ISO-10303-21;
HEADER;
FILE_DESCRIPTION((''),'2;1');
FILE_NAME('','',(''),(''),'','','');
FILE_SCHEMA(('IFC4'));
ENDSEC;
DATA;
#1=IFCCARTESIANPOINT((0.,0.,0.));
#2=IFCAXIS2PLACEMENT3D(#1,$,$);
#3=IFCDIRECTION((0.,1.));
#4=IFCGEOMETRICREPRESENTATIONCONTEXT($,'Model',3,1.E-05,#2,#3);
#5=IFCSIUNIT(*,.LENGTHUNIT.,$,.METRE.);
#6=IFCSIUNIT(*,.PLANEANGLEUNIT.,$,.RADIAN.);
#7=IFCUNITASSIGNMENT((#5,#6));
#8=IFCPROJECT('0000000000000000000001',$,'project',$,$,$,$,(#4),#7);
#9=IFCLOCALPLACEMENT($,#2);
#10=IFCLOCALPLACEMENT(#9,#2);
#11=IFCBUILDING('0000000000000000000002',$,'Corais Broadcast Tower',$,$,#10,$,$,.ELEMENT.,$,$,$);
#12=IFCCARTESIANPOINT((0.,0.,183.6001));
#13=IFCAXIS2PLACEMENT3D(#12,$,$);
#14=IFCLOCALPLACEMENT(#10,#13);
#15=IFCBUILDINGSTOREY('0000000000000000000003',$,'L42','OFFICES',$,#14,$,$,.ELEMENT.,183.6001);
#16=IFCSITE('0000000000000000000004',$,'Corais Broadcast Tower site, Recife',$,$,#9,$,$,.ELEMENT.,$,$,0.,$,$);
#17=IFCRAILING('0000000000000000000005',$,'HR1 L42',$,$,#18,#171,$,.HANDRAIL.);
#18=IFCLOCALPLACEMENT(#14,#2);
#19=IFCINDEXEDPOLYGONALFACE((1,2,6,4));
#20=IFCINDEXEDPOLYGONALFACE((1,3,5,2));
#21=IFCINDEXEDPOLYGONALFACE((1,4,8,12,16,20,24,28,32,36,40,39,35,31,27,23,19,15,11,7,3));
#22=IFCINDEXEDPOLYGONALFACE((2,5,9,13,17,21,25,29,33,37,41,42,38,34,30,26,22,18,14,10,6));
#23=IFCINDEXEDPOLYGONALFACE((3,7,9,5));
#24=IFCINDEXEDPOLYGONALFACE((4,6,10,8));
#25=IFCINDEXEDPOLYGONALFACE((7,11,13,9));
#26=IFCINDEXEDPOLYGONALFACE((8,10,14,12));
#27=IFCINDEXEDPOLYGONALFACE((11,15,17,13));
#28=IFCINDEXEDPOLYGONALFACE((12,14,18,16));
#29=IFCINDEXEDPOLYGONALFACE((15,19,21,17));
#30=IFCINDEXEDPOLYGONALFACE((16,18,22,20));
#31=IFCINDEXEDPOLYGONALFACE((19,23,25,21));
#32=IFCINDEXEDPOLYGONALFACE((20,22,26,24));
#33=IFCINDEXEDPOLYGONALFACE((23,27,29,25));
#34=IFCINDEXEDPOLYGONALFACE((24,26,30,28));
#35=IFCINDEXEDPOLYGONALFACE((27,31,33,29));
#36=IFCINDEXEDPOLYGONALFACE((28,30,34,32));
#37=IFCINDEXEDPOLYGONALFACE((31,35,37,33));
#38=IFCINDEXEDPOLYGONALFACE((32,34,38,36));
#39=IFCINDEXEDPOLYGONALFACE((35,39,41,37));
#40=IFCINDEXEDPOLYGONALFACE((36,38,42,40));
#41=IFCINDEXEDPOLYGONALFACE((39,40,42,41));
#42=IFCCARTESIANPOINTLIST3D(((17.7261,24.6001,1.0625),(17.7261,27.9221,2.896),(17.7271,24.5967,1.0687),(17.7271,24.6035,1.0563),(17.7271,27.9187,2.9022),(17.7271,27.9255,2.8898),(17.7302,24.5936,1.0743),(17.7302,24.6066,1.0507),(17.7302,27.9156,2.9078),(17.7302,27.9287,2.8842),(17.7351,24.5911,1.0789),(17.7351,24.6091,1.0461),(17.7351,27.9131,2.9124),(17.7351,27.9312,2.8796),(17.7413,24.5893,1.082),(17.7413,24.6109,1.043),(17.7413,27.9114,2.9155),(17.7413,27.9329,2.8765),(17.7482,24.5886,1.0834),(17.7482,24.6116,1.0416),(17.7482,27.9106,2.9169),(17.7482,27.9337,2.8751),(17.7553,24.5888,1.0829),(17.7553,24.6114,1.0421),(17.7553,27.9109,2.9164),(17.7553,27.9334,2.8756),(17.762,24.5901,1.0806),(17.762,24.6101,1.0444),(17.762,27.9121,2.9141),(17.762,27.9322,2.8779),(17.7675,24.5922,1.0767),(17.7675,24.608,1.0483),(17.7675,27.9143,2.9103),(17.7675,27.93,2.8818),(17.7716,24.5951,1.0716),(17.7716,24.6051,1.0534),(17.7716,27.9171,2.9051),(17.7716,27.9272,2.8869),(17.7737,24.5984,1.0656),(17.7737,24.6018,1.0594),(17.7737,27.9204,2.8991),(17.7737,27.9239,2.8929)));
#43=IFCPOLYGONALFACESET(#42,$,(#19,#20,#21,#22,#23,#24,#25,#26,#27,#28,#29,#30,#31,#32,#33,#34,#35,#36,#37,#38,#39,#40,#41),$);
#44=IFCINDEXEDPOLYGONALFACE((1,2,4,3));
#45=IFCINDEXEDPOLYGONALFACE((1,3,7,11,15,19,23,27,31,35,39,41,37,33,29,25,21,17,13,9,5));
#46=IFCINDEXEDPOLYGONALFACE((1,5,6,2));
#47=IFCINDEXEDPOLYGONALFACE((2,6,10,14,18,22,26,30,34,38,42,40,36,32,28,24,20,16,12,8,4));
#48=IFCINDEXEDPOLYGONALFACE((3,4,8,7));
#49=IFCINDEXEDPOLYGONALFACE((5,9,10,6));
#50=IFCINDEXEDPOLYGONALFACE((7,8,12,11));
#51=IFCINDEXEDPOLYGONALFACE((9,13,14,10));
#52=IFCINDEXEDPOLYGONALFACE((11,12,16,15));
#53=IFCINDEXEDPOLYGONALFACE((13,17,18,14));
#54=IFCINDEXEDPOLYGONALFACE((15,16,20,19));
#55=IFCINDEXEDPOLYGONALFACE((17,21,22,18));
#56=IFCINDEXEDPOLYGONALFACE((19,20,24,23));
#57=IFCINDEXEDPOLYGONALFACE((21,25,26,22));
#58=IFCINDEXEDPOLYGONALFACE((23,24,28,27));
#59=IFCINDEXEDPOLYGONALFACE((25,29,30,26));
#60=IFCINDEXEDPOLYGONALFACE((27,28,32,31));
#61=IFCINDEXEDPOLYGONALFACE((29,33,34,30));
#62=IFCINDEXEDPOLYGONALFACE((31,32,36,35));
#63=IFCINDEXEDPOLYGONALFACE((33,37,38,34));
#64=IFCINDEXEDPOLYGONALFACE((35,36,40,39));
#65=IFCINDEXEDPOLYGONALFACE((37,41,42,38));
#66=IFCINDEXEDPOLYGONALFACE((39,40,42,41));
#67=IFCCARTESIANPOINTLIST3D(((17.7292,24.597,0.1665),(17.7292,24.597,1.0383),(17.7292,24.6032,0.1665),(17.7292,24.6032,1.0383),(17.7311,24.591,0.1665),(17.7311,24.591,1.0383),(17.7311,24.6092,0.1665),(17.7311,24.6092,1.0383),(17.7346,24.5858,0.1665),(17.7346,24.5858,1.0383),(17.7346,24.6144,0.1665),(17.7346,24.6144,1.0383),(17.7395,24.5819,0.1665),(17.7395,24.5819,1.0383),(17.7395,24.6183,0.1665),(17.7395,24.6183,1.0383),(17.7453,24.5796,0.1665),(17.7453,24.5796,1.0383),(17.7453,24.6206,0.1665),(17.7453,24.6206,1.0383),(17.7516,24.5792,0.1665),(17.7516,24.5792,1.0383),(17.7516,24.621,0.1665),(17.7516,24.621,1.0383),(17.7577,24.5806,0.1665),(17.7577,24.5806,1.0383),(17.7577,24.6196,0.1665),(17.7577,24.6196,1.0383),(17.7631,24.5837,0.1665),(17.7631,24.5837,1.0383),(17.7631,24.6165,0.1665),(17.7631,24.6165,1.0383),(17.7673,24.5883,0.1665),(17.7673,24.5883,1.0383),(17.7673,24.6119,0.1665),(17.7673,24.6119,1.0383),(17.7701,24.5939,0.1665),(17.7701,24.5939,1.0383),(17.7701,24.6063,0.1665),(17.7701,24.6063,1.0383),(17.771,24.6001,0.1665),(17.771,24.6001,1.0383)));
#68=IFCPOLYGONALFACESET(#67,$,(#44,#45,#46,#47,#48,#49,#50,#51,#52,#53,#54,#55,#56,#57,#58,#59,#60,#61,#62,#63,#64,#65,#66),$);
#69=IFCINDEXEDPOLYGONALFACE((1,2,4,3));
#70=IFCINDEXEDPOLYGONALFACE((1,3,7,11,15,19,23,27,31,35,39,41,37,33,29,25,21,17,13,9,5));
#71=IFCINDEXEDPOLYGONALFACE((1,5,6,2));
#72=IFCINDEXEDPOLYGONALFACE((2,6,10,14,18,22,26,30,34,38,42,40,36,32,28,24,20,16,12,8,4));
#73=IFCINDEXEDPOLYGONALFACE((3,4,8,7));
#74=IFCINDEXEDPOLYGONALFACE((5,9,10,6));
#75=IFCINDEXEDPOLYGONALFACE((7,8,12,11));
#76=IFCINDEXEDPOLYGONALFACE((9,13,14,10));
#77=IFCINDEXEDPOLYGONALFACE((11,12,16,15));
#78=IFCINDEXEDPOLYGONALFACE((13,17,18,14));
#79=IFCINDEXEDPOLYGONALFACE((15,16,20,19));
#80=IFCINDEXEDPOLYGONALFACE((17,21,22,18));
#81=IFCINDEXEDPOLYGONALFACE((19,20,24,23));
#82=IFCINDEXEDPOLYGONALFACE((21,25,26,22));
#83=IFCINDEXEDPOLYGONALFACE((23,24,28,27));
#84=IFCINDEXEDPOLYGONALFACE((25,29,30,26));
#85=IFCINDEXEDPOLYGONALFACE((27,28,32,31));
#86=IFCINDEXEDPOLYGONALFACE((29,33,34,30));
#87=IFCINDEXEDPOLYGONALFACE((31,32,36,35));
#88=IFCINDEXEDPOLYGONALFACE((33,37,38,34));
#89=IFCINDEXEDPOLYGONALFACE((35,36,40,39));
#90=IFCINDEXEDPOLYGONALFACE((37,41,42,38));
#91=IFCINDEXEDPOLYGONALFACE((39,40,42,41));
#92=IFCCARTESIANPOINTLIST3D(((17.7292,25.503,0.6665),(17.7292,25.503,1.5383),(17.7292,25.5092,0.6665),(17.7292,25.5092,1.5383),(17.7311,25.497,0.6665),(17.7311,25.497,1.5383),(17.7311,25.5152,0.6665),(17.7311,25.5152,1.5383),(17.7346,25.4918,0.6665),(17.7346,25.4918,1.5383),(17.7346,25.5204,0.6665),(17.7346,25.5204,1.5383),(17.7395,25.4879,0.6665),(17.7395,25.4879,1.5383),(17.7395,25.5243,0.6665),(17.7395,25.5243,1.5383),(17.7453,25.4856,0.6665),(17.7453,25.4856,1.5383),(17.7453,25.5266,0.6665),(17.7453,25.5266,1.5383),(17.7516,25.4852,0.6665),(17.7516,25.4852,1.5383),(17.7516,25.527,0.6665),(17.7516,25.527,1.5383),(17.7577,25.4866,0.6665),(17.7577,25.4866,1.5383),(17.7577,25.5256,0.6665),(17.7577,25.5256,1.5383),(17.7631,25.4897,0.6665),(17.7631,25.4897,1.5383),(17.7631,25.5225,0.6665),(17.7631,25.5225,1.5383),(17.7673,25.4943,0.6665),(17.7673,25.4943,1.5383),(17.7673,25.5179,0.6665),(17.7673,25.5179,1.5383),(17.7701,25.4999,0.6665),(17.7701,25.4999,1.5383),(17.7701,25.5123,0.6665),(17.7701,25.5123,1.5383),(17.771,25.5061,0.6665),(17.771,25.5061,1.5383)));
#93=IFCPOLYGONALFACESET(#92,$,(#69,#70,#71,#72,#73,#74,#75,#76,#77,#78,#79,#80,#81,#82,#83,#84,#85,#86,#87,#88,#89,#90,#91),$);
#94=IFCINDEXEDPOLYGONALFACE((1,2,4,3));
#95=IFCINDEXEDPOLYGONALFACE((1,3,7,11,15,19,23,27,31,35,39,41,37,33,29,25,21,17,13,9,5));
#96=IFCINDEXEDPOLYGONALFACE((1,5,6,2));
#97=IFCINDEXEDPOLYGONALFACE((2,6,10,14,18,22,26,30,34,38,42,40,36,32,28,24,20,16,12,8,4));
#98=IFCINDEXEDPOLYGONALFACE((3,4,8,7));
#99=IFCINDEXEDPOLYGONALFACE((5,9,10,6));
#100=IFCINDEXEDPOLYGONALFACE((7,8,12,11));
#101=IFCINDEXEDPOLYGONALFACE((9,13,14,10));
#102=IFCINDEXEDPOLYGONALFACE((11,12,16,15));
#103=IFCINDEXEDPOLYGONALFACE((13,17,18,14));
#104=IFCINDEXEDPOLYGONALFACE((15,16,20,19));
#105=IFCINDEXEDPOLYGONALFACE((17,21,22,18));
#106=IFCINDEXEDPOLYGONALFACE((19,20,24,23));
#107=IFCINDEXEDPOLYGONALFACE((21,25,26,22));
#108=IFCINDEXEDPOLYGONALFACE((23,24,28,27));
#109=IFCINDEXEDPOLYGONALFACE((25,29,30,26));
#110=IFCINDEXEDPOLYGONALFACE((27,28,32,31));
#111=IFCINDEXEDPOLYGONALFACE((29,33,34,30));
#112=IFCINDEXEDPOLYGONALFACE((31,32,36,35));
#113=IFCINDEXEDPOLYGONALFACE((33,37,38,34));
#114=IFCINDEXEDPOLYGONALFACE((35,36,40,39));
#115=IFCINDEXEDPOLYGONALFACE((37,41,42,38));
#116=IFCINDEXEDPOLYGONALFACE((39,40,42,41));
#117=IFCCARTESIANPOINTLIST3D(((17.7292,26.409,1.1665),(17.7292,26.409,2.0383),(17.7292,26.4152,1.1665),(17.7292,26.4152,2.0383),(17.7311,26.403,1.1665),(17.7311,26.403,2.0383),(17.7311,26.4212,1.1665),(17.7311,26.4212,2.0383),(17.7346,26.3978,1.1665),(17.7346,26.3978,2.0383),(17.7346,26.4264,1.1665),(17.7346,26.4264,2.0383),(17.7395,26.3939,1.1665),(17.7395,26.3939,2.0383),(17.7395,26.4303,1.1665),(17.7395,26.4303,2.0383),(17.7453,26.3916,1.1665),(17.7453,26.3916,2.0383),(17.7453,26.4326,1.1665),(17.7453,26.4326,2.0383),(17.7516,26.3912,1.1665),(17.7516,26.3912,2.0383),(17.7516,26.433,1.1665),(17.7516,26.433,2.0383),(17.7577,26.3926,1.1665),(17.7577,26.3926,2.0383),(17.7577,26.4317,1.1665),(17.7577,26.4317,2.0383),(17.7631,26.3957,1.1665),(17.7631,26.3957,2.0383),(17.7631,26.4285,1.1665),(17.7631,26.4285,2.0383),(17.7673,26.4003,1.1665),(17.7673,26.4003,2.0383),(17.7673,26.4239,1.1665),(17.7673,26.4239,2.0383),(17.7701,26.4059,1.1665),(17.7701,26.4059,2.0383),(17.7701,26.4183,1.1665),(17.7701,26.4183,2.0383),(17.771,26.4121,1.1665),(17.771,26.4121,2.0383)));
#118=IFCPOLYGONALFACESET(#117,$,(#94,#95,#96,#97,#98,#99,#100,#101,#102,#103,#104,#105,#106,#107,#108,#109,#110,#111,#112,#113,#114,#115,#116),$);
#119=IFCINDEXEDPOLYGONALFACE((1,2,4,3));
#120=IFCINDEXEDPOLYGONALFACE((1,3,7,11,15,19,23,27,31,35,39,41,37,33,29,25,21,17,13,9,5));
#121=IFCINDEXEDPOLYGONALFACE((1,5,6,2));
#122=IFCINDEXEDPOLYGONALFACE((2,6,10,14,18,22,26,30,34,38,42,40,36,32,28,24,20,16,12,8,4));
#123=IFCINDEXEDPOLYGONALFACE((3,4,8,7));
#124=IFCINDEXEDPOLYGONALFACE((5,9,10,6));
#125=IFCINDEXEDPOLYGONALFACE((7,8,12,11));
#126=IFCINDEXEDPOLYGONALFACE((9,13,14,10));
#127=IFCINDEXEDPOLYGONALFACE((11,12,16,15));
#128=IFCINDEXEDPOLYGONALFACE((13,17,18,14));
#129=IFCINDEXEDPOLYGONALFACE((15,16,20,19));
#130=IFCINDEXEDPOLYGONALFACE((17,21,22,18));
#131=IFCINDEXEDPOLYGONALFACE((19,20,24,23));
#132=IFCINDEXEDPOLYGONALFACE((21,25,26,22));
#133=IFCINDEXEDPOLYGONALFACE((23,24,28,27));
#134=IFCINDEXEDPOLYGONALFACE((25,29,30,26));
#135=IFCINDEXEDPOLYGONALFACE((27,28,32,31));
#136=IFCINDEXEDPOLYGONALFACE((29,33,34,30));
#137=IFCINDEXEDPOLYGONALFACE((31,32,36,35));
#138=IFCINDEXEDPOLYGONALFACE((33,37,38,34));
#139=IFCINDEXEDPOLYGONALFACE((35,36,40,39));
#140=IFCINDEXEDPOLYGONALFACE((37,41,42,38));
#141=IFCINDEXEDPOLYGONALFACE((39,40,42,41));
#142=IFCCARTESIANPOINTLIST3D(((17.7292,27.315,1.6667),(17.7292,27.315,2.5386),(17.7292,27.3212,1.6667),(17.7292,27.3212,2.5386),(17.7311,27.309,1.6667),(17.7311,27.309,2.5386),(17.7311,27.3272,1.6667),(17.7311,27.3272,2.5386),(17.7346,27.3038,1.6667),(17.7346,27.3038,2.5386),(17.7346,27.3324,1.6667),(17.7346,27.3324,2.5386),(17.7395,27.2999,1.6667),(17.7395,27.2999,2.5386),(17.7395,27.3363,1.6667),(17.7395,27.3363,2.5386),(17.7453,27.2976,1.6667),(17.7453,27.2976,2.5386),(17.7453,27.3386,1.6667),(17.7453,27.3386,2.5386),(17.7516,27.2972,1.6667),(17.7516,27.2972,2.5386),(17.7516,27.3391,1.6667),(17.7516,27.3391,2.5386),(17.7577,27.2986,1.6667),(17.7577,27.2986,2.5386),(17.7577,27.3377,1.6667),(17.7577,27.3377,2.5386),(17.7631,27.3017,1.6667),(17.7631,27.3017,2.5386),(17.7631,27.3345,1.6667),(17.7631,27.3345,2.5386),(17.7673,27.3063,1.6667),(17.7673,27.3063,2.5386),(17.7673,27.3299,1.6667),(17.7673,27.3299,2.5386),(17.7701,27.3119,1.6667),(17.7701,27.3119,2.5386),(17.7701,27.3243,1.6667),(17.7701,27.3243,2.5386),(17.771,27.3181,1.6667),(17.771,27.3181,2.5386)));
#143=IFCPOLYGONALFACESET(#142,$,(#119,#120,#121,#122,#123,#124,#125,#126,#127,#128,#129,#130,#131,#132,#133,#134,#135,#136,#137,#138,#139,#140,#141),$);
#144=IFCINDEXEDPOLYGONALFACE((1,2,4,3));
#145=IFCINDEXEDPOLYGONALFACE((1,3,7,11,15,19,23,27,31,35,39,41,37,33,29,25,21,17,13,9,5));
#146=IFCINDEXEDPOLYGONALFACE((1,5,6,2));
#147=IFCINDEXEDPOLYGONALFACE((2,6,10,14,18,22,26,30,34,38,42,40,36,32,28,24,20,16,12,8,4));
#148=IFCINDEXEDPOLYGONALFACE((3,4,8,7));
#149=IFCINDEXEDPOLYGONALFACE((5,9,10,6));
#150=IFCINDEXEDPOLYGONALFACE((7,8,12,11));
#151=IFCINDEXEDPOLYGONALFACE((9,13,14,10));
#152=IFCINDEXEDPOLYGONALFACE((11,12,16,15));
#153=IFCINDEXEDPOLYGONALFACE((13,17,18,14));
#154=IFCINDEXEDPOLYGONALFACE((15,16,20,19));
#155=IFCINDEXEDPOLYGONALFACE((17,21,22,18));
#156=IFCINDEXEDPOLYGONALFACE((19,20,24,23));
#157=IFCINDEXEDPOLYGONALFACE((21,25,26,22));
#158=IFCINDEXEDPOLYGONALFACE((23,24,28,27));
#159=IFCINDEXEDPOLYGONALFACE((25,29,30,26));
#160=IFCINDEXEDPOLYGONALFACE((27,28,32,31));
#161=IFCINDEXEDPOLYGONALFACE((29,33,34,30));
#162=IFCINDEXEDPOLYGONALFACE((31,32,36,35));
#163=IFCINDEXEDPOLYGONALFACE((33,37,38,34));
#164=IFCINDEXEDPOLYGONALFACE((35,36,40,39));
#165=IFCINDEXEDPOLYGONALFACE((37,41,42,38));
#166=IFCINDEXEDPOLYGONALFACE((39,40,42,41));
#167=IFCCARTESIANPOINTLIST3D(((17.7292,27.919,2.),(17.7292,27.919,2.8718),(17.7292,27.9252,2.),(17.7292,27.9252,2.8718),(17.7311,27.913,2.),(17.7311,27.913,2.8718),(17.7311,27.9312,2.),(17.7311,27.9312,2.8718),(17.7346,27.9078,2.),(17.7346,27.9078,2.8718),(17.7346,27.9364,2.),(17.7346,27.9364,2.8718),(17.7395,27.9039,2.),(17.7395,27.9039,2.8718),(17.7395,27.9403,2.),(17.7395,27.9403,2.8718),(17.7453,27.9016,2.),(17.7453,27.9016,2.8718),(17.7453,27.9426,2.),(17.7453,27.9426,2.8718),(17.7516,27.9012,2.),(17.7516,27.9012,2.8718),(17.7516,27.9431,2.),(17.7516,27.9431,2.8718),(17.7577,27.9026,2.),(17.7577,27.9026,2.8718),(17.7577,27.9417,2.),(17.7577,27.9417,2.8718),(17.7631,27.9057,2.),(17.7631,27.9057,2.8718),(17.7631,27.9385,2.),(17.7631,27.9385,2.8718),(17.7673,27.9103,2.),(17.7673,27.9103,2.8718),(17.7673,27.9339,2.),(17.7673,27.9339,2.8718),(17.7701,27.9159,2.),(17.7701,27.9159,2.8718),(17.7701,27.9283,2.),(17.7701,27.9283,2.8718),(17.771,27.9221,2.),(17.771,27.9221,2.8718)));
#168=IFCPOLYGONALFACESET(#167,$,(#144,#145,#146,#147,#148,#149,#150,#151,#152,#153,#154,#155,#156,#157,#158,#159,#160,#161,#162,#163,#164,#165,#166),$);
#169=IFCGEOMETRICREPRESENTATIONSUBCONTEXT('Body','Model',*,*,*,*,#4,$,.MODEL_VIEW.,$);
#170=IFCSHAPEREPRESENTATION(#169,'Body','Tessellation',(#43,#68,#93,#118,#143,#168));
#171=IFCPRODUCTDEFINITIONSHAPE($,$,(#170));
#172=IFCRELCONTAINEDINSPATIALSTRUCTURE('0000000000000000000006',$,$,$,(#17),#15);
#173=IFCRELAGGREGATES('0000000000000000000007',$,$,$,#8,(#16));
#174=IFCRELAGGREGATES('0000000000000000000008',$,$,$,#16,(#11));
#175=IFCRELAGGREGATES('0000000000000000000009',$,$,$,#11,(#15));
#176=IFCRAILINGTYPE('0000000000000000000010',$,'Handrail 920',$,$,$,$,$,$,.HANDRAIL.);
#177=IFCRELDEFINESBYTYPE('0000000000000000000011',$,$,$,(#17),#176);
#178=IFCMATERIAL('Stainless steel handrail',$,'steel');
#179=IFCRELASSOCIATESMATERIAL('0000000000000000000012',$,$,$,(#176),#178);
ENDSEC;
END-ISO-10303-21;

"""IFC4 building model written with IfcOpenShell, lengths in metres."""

from ifc_helpers import new_model, si_unit, direction, frame, origin, origin_2d, place, context, subcontext, project, spatial, circle, extrude, material, type_object, element, save


model = new_model("IFC4")

# Units and contexts
model_context = context("Model", 3, precision=1e-05, world=origin(), true_north=direction((0.0, 1.0)))
body_context = subcontext(model_context, "Body", "Model", "MODEL_VIEW")
ifc_project = project(units=[si_unit("LENGTHUNIT", "METRE"), si_unit("PLANEANGLEUNIT", "RADIAN")], contexts=[model_context])

# Site, building, storey
site_placement = place(None, origin())
site = spatial("IfcSite", under=ifc_project, at=site_placement, Name="Corais Broadcast Tower site, Recife", CompositionType="ELEMENT", RefElevation=0.0)
building_placement = place(site_placement, origin())
building = spatial("IfcBuilding", under=site, at=building_placement, Name="Corais Broadcast Tower", CompositionType="ELEMENT")
storey_placement = place(building_placement, frame((0.0, 0.0, 183.6001)))
storey = spatial("IfcBuildingStorey", under=building, at=storey_placement, Name="L42", Description="OFFICES", CompositionType="ELEMENT", Elevation=183.6001)

# Railing
ifc_material_1 = material(Name="Stainless steel handrail", Category="steel")
railing_type = type_object("IfcRailingType", Name="Handrail 920", PredefinedType="HANDRAIL", material=ifc_material_1)
for number, where, name in (
    (1, (17.75, 24.6001, 0.1665), "HR1 L42"),
):
    element("IfcRailing", number, at=place(storey_placement, frame(where)), inside=storey, type_object=railing_type, Name=name, PredefinedType="HANDRAIL", context=body_context, shape_type="SweptSolid", body=[
        extrude(circle(Radius=0.0239, at=origin_2d()), frame((0.0, 0.0, 0.896), z_axis=(0.0, 0.875504, 0.48321), x_axis=(-1.0, 0.0, 0.0)), (0.0, 0.0, 1.0), 3.7944),
        extrude(circle(Radius=0.021, at=origin_2d()), origin(), (0.0, 0.0, 1.0), 0.8718),
        extrude(circle(Radius=0.021, at=origin_2d()), frame((0.0, 0.906, 0.5)), (0.0, 0.0, 1.0), 0.8718),
        extrude(circle(Radius=0.021, at=origin_2d()), frame((0.0, 1.812, 1.0)), (0.0, 0.0, 1.0), 0.8718),
        extrude(circle(Radius=0.021, at=origin_2d()), frame((0.0, 2.718, 1.5002)), (0.0, 0.0, 1.0), 0.8718),
        extrude(circle(Radius=0.021, at=origin_2d()), frame((0.0, 3.322, 1.8335)), (0.0, 0.0, 1.0), 0.8718),
    ])

save(model, "model.ifc")
